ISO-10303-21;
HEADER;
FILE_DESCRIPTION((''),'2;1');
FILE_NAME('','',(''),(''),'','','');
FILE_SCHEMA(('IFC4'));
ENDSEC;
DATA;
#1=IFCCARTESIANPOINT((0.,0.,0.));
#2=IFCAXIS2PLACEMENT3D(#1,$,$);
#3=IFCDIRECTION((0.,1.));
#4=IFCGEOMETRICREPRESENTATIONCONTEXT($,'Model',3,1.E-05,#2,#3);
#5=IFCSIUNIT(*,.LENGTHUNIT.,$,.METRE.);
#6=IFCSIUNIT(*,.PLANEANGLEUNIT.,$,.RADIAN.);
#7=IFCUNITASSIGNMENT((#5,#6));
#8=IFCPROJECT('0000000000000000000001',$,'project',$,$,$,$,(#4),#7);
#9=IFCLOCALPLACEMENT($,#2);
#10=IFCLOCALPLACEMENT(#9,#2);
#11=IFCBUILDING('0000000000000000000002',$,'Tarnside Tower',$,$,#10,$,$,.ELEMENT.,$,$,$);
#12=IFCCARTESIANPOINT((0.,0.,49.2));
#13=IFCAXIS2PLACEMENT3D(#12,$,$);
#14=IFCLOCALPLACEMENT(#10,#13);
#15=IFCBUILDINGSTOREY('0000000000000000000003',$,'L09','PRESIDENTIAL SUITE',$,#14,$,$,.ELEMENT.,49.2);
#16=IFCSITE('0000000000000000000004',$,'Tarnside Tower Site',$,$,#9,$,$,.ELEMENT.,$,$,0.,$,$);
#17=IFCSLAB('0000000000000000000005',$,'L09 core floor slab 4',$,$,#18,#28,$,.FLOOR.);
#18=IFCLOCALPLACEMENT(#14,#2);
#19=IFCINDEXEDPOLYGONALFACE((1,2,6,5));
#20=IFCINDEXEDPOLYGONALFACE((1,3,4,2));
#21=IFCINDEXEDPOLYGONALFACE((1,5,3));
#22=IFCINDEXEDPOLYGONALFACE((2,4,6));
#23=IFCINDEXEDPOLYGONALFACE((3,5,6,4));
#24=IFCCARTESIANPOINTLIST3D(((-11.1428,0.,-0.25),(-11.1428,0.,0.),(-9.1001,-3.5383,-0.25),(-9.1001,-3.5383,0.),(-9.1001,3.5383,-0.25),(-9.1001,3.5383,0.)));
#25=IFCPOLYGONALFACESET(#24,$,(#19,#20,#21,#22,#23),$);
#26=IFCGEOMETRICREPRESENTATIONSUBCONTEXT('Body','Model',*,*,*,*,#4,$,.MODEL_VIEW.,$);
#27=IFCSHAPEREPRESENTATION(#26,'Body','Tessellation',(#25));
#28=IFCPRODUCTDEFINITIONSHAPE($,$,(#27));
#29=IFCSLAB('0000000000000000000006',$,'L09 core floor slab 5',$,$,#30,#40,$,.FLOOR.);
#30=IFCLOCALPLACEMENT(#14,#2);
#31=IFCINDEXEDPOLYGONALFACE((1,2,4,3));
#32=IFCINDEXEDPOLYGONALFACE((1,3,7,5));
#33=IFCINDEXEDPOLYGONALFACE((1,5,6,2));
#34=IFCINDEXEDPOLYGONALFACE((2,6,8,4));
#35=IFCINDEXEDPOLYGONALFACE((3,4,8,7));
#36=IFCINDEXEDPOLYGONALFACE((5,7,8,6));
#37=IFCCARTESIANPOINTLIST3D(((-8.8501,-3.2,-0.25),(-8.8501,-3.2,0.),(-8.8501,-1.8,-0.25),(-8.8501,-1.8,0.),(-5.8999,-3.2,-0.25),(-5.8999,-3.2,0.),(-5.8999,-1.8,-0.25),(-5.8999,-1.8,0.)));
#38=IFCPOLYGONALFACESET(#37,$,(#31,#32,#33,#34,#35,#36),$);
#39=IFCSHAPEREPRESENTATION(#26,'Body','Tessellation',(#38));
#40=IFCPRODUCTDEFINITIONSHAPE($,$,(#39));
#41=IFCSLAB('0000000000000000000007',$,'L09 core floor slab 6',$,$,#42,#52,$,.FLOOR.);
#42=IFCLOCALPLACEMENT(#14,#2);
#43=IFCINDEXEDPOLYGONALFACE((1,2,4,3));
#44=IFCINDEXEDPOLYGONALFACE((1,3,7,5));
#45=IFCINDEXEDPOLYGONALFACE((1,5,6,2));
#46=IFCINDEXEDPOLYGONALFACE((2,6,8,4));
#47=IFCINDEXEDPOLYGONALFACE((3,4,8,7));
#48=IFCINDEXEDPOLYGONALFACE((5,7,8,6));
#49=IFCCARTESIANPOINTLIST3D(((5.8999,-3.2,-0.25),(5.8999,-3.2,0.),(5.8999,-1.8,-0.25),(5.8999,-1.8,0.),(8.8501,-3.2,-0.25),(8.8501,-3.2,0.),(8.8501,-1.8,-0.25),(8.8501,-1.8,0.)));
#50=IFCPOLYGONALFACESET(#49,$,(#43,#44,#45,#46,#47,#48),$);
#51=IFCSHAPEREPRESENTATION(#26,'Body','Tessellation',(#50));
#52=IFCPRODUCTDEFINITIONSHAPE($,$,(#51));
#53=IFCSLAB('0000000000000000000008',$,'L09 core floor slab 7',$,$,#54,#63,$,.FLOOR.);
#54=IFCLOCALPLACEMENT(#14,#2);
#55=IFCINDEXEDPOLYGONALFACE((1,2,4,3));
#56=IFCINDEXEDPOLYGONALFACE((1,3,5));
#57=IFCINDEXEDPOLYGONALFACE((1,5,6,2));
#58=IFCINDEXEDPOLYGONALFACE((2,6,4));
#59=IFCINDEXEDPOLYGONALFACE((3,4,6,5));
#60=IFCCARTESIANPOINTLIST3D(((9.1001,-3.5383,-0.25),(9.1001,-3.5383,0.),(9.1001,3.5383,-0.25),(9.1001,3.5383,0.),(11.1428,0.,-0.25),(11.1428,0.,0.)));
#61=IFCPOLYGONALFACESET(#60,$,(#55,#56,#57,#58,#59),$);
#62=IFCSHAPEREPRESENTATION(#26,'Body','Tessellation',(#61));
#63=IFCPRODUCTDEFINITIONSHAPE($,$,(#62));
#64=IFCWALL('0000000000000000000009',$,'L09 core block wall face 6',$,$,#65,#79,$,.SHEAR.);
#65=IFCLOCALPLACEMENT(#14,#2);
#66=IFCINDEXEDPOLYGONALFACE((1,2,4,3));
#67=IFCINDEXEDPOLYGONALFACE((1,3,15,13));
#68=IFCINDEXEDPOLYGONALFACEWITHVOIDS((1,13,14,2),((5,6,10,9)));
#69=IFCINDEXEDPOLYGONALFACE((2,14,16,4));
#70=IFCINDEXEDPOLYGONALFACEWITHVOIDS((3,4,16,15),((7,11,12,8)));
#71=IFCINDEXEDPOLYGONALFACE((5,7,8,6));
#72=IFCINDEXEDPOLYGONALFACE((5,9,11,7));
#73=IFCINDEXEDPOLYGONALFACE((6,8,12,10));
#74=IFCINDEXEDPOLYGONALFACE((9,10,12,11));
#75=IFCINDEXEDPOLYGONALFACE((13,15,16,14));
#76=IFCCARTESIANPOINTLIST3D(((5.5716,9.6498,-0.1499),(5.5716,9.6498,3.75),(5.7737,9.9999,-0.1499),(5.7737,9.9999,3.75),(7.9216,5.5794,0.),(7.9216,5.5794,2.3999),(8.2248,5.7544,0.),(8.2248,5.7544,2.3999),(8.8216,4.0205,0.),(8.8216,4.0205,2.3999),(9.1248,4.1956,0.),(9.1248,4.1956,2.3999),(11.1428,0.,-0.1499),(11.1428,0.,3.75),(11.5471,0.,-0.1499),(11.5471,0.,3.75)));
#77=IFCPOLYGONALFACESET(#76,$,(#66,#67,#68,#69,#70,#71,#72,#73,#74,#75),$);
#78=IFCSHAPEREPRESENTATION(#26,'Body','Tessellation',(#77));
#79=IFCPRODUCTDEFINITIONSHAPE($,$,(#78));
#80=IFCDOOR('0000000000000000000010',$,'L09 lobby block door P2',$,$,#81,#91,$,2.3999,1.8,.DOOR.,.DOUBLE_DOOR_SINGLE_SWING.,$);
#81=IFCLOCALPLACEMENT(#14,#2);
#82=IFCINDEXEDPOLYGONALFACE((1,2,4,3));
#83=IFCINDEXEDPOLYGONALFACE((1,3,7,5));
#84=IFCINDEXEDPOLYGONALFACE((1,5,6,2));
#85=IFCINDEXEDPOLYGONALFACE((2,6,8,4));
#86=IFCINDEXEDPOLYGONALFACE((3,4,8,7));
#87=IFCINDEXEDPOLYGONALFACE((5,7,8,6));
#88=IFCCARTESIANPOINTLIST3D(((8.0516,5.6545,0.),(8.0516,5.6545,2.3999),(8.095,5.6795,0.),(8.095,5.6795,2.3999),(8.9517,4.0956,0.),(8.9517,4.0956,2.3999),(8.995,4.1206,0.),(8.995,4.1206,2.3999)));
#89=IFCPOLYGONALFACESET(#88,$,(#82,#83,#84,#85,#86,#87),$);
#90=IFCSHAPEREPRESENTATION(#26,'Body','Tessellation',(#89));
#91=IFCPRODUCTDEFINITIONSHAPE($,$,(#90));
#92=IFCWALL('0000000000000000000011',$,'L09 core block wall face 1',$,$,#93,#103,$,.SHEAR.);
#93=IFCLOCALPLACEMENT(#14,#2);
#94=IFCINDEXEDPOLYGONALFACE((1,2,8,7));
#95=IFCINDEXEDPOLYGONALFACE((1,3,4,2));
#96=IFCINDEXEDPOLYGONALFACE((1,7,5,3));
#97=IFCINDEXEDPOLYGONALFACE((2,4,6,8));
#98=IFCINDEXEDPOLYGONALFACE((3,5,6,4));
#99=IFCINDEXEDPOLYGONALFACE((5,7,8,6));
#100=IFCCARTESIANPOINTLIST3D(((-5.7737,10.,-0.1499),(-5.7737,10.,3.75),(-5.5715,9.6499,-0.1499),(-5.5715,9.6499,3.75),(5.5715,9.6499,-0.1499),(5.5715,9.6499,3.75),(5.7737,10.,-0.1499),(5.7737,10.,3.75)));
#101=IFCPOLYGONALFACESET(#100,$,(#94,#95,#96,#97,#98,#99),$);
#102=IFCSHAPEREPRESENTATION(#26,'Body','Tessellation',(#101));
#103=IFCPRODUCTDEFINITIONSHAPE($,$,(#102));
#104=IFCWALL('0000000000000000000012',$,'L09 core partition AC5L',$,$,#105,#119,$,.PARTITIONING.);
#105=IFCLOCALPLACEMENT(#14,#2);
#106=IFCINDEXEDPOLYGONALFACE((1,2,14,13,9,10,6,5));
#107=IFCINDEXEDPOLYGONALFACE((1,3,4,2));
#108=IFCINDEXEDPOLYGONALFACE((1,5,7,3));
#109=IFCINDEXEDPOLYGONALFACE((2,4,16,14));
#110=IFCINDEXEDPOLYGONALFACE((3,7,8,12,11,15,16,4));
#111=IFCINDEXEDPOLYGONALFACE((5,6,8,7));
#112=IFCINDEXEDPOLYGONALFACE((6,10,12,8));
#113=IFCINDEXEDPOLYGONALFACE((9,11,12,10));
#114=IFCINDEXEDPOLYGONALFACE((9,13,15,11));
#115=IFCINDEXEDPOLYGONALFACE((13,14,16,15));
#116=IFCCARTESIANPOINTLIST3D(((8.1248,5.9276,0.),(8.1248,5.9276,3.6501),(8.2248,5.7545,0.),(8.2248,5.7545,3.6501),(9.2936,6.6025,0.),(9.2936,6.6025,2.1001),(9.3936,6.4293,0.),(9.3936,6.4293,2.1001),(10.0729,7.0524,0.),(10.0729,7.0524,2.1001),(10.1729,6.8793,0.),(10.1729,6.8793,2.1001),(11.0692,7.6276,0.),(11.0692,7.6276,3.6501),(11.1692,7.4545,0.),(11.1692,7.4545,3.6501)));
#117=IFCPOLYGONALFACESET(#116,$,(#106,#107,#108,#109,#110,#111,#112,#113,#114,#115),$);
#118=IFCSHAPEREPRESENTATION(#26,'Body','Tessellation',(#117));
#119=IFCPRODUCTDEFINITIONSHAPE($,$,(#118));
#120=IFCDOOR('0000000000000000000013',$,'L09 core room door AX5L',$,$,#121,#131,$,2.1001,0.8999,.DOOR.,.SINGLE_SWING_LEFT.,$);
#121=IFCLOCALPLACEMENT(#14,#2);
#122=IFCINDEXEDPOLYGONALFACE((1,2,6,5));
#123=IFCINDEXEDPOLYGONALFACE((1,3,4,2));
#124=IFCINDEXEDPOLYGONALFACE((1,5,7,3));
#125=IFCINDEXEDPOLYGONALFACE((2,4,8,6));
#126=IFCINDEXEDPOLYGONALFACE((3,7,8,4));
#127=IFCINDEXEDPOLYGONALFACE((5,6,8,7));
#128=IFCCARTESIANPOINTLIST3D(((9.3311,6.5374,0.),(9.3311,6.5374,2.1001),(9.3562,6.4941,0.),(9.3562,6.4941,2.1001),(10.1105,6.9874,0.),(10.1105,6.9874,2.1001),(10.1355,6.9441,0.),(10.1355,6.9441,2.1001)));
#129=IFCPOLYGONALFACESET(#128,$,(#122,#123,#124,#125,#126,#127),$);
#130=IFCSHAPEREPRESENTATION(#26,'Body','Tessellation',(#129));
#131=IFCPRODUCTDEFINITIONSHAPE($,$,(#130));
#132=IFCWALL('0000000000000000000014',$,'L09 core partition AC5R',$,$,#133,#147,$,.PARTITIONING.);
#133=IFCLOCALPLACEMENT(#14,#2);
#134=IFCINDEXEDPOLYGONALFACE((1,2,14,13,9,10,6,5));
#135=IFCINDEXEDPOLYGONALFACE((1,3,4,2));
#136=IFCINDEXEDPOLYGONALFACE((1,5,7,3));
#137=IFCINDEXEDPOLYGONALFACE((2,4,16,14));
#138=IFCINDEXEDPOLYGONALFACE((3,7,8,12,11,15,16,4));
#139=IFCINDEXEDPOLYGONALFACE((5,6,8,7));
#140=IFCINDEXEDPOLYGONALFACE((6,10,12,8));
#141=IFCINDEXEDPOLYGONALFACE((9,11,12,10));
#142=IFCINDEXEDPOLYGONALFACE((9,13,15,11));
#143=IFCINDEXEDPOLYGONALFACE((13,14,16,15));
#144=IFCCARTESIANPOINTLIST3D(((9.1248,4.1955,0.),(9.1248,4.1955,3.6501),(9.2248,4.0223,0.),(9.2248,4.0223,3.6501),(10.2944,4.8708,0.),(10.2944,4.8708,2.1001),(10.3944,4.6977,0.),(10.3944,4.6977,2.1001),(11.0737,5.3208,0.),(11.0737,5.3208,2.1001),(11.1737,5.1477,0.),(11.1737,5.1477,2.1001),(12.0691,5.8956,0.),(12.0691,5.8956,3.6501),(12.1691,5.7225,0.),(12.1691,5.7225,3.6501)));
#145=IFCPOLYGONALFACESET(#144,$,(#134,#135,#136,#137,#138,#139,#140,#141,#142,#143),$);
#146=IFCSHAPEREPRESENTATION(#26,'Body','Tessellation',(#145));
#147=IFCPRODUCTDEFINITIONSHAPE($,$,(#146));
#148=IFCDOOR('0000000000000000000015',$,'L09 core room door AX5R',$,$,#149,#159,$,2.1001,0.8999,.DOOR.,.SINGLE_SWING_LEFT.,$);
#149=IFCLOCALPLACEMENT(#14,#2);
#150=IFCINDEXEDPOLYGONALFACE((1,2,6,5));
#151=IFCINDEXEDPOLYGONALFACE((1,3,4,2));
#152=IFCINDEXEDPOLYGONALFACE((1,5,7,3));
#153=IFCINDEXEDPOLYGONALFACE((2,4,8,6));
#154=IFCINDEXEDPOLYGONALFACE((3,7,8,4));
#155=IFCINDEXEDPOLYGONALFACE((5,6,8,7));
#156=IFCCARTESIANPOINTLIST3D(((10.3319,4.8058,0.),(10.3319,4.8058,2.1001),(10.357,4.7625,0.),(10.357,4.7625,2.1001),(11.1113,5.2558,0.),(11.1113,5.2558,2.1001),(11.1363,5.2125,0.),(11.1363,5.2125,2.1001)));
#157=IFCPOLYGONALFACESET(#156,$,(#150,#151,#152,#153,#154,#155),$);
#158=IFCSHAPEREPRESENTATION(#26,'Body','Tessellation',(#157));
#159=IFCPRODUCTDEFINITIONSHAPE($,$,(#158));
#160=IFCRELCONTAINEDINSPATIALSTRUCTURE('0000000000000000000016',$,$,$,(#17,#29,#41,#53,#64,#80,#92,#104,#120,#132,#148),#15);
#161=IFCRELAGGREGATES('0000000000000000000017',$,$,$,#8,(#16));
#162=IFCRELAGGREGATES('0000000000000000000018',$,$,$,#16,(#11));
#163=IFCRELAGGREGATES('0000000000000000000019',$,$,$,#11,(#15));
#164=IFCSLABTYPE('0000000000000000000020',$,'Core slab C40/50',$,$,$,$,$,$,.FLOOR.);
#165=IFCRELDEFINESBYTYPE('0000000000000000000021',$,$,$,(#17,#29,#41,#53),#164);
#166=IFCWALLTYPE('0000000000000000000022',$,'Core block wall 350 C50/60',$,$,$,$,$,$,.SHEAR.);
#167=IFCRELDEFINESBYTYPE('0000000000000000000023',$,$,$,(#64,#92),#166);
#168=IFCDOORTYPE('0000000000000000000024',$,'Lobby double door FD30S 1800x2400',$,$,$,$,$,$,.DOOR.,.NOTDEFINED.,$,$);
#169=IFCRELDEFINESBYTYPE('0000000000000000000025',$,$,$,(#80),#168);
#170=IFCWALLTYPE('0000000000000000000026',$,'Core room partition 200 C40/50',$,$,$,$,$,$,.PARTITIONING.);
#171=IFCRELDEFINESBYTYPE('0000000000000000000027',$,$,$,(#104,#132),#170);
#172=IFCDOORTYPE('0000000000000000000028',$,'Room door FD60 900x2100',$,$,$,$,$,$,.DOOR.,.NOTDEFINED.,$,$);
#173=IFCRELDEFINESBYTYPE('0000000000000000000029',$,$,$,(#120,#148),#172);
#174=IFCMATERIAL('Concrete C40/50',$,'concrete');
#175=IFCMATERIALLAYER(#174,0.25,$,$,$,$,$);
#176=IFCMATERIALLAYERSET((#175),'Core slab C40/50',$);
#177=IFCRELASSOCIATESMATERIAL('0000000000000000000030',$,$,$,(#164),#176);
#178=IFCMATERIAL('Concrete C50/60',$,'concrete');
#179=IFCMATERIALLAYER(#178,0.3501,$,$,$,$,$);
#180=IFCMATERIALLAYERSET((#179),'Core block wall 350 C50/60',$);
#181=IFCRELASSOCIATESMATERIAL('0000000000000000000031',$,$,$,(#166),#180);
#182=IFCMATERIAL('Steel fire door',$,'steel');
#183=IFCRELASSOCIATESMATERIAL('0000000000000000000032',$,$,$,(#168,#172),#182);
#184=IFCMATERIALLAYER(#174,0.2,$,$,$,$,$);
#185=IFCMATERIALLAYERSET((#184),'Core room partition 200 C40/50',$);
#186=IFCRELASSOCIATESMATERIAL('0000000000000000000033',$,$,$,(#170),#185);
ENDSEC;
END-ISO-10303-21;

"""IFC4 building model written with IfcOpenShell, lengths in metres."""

from ifc_helpers import new_model, si_unit, direction, frame, frame_2d, origin, place, context, subcontext, project, spatial, polyline, rectangle, outline, extrude, material, layer, layer_set, type_object, element, fill, save


model = new_model("IFC4")

# Units and contexts
model_context = context("Model", 3, precision=1e-05, world=origin(), true_north=direction((0.0, 1.0)))
body_context = subcontext(model_context, "Body", "Model", "MODEL_VIEW")
ifc_project = project(units=[si_unit("LENGTHUNIT", "METRE"), si_unit("PLANEANGLEUNIT", "RADIAN")], contexts=[model_context])

# Site, building, storey
site_placement = place(None, origin())
site = spatial("IfcSite", under=ifc_project, at=site_placement, Name="Tarnside Tower Site", CompositionType="ELEMENT", RefElevation=0.0)
building_placement = place(site_placement, origin())
building = spatial("IfcBuilding", under=site, at=building_placement, Name="Tarnside Tower", CompositionType="ELEMENT")
storey_placement = place(building_placement, frame((0.0, 0.0, 49.2)))
storey = spatial("IfcBuildingStorey", under=building, at=storey_placement, Name="L09", Description="PRESIDENTIAL SUITE", CompositionType="ELEMENT", Elevation=49.2)

# Slabs
ifc_material_1 = material(Name="Concrete C40/50", Category="concrete")
ifc_layer_1 = layer(ifc_material_1, 0.25)
ifc_layer_set_1 = layer_set([ifc_layer_1], Name="Core slab C40/50")
slab_type = type_object("IfcSlabType", Name="Core slab C40/50", PredefinedType="FLOOR", material=ifc_layer_set_1)
slab_1_placement = place(storey_placement, frame((0.0, 0.0, -0.25)))
element("IfcSlab", 1, at=slab_1_placement, inside=storey, type_object=slab_type, Name="L09 core floor slab 4", PredefinedType="FLOOR", context=body_context, shape_type="SweptSolid", body=[
    extrude(outline(polyline([(-11.1428, 0.0), (-9.1001, 3.5383), (-9.1001, -3.5383), (-11.1428, 0.0)])), origin(), (0.0, 0.0, 1.0), 0.25),
])
slab_2_placement = place(storey_placement, frame((0.0, 0.0, -0.25)))
element("IfcSlab", 2, at=slab_2_placement, inside=storey, type_object=slab_type, Name="L09 core floor slab 5", PredefinedType="FLOOR", context=body_context, shape_type="SweptSolid", body=[
    extrude(outline(polyline([(-8.8501, -1.8), (-5.8999, -1.8), (-5.8999, -3.2), (-8.8501, -3.2), (-8.8501, -1.8)])), origin(), (0.0, 0.0, 1.0), 0.25),
])
slab_3_placement = place(storey_placement, frame((0.0, 0.0, -0.25)))
element("IfcSlab", 3, at=slab_3_placement, inside=storey, type_object=slab_type, Name="L09 core floor slab 6", PredefinedType="FLOOR", context=body_context, shape_type="SweptSolid", body=[
    extrude(outline(polyline([(5.8999, -3.2), (5.8999, -1.8), (8.8501, -1.8), (8.8501, -3.2), (5.8999, -3.2)])), origin(), (0.0, 0.0, 1.0), 0.25),
])
slab_4_placement = place(storey_placement, frame((0.0, 0.0, -0.25)))
element("IfcSlab", 4, at=slab_4_placement, inside=storey, type_object=slab_type, Name="L09 core floor slab 7", PredefinedType="FLOOR", context=body_context, shape_type="SweptSolid", body=[
    extrude(outline(polyline([(9.1001, -3.5383), (9.1001, 3.5383), (11.1428, 0.0), (9.1001, -3.5383)])), origin(), (0.0, 0.0, 1.0), 0.25),
])

# Wall, opening, door
ifc_material_2 = material(Name="Concrete C50/60", Category="concrete")
ifc_layer_2 = layer(ifc_material_2, 0.3501)
ifc_layer_set_2 = layer_set([ifc_layer_2], Name="Core block wall 350 C50/60")
wall_type_1 = type_object("IfcWallType", Name="Core block wall 350 C50/60", PredefinedType="SHEAR", material=ifc_layer_set_2)
wall_1_placement = place(storey_placement, frame((11.345, 0.0, -0.1499), z_axis=(0.0, 0.0, 1.0), x_axis=(-0.499995, 0.866028, 0.0)))
wall_1 = element("IfcWall", 5, at=wall_1_placement, inside=storey, type_object=wall_type_1, Name="L09 core block wall face 6", PredefinedType="SHEAR", context=body_context, shape_type="SweptSolid", body=[
    extrude(outline(polyline([(-0.1011, -0.175), (11.4458, -0.175), (11.2437, 0.175), (0.1011, 0.175), (-0.1011, -0.175)])), origin(), (0.0, 0.0, 1.0), 3.8999),
])
opening_1_placement = place(wall_1_placement, frame((4.7437, 0.0, 0.1499)))
opening_1 = element("IfcOpeningElement", 6, at=opening_1_placement, cuts=wall_1, PredefinedType="OPENING", context=body_context, shape_type="SweptSolid", body=[
    extrude(rectangle(XDim=1.8, YDim=2.3999, at=frame_2d((0.8999, 1.2))), frame((0.0, 0.1851, 0.0), z_axis=(0.0, -1.0, 0.0), x_axis=(1.0, 0.0, 0.0)), (0.0, 0.0, 1.0), 0.3701),
])
ifc_material_3 = material(Name="Steel fire door", Category="steel")
door_type_1 = type_object("IfcDoorType", Name="Lobby double door FD30S 1800x2400", OperationType="NOTDEFINED", PredefinedType="DOOR", material=ifc_material_3)
door_1_placement = place(opening_1_placement, origin())
door_1 = element("IfcDoor", 7, at=door_1_placement, inside=storey, type_object=door_type_1, Name="L09 lobby block door P2", OperationType="DOUBLE_DOOR_SINGLE_SWING", OverallHeight=2.3999, OverallWidth=1.8, PredefinedType="DOOR", context=body_context, shape_type="SweptSolid", body=[
    extrude(rectangle(XDim=1.8, YDim=2.3999, at=frame_2d((0.8999, 1.2))), frame((0.0, 0.0249, 0.0), z_axis=(0.0, -1.0, 0.0), x_axis=(1.0, 0.0, 0.0)), (0.0, 0.0, 1.0), 0.05),
])
fill(opening_1, door_1)

# Wall
wall_2_placement = place(storey_placement, frame((5.6726, 9.825, -0.1499), z_axis=(0.0, 0.0, 1.0), x_axis=(-1.0, 0.0, 0.0)))
element("IfcWall", 8, at=wall_2_placement, inside=storey, type_object=wall_type_1, Name="L09 core block wall face 1", PredefinedType="SHEAR", context=body_context, shape_type="SweptSolid", body=[
    extrude(outline(polyline([(-0.1011, -0.175), (11.4463, -0.175), (11.2441, 0.175), (0.1011, 0.175), (-0.1011, -0.175)])), origin(), (0.0, 0.0, 1.0), 3.8999),
])

# Walls, openings, doors
ifc_layer_3 = layer(ifc_material_1, 0.2)
ifc_layer_set_3 = layer_set([ifc_layer_3], Name="Core room partition 200 C40/50")
wall_type_2 = type_object("IfcWallType", Name="Core room partition 200 C40/50", PredefinedType="PARTITIONING", material=ifc_layer_set_3)
wall_3_placement = place(storey_placement, frame((8.1748, 5.8411, 0.0), z_axis=(0.0, 0.0, 1.0), x_axis=(0.866021, 0.500008, 0.0)))
wall_3 = element("IfcWall", 9, at=wall_3_placement, inside=storey, type_object=wall_type_2, Name="L09 core partition AC5L", PredefinedType="PARTITIONING", context=body_context, shape_type="SweptSolid", body=[
    extrude(rectangle(XDim=3.3999, YDim=0.2, at=frame_2d((1.7, 0.0))), origin(), (0.0, 0.0, 1.0), 3.6501),
])
opening_2_placement = place(wall_3_placement, frame((1.3496, 0.0, 0.0)))
opening_2 = element("IfcOpeningElement", 10, at=opening_2_placement, cuts=wall_3, PredefinedType="OPENING", context=body_context, shape_type="SweptSolid", body=[
    extrude(rectangle(XDim=0.8999, YDim=2.1001, at=frame_2d((0.45, 1.05))), frame((0.0, 0.1099, 0.0), z_axis=(0.0, -1.0, 0.0), x_axis=(1.0, 0.0, 0.0)), (0.0, 0.0, 1.0), 0.22),
])
door_type_2 = type_object("IfcDoorType", Name="Room door FD60 900x2100", OperationType="NOTDEFINED", PredefinedType="DOOR", material=ifc_material_3)
door_2_placement = place(opening_2_placement, origin())
door_2 = element("IfcDoor", 11, at=door_2_placement, inside=storey, type_object=door_type_2, Name="L09 core room door AX5L", OperationType="SINGLE_SWING_LEFT", OverallHeight=2.1001, OverallWidth=0.8999, PredefinedType="DOOR", context=body_context, shape_type="SweptSolid", body=[
    extrude(rectangle(XDim=0.8999, YDim=2.1001, at=frame_2d((0.45, 1.05))), frame((0.0, 0.0249, 0.0), z_axis=(0.0, -1.0, 0.0), x_axis=(1.0, 0.0, 0.0)), (0.0, 0.0, 1.0), 0.05),
])
fill(opening_2, door_2)
wall_4_placement = place(storey_placement, frame((9.1748, 4.1089, 0.0), z_axis=(0.0, 0.0, 1.0), x_axis=(0.865989, 0.500062, 0.0)))
wall_4 = element("IfcWall", 12, at=wall_4_placement, inside=storey, type_object=wall_type_2, Name="L09 core partition AC5R", PredefinedType="PARTITIONING", context=body_context, shape_type="SweptSolid", body=[
    extrude(rectangle(XDim=3.3999, YDim=0.2, at=frame_2d((1.7, 0.0))), origin(), (0.0, 0.0, 1.0), 3.6501),
])
opening_3_placement = place(wall_4_placement, frame((1.3506, 0.0, 0.0)))
opening_3 = element("IfcOpeningElement", 13, at=opening_3_placement, cuts=wall_4, PredefinedType="OPENING", context=body_context, shape_type="SweptSolid", body=[
    extrude(rectangle(XDim=0.8999, YDim=2.1001, at=frame_2d((0.45, 1.05))), frame((0.0, 0.1099, 0.0), z_axis=(0.0, -1.0, 0.0), x_axis=(1.0, 0.0, 0.0)), (0.0, 0.0, 1.0), 0.22),
])
door_3_placement = place(opening_3_placement, origin())
door_3 = element("IfcDoor", 14, at=door_3_placement, inside=storey, type_object=door_type_2, Name="L09 core room door AX5R", OperationType="SINGLE_SWING_LEFT", OverallHeight=2.1001, OverallWidth=0.8999, PredefinedType="DOOR", context=body_context, shape_type="SweptSolid", body=[
    extrude(rectangle(XDim=0.8999, YDim=2.1001, at=frame_2d((0.45, 1.05))), frame((0.0, 0.0249, 0.0), z_axis=(0.0, -1.0, 0.0), x_axis=(1.0, 0.0, 0.0)), (0.0, 0.0, 1.0), 0.05),
])
fill(opening_3, door_3)

save(model, "model.ifc")
